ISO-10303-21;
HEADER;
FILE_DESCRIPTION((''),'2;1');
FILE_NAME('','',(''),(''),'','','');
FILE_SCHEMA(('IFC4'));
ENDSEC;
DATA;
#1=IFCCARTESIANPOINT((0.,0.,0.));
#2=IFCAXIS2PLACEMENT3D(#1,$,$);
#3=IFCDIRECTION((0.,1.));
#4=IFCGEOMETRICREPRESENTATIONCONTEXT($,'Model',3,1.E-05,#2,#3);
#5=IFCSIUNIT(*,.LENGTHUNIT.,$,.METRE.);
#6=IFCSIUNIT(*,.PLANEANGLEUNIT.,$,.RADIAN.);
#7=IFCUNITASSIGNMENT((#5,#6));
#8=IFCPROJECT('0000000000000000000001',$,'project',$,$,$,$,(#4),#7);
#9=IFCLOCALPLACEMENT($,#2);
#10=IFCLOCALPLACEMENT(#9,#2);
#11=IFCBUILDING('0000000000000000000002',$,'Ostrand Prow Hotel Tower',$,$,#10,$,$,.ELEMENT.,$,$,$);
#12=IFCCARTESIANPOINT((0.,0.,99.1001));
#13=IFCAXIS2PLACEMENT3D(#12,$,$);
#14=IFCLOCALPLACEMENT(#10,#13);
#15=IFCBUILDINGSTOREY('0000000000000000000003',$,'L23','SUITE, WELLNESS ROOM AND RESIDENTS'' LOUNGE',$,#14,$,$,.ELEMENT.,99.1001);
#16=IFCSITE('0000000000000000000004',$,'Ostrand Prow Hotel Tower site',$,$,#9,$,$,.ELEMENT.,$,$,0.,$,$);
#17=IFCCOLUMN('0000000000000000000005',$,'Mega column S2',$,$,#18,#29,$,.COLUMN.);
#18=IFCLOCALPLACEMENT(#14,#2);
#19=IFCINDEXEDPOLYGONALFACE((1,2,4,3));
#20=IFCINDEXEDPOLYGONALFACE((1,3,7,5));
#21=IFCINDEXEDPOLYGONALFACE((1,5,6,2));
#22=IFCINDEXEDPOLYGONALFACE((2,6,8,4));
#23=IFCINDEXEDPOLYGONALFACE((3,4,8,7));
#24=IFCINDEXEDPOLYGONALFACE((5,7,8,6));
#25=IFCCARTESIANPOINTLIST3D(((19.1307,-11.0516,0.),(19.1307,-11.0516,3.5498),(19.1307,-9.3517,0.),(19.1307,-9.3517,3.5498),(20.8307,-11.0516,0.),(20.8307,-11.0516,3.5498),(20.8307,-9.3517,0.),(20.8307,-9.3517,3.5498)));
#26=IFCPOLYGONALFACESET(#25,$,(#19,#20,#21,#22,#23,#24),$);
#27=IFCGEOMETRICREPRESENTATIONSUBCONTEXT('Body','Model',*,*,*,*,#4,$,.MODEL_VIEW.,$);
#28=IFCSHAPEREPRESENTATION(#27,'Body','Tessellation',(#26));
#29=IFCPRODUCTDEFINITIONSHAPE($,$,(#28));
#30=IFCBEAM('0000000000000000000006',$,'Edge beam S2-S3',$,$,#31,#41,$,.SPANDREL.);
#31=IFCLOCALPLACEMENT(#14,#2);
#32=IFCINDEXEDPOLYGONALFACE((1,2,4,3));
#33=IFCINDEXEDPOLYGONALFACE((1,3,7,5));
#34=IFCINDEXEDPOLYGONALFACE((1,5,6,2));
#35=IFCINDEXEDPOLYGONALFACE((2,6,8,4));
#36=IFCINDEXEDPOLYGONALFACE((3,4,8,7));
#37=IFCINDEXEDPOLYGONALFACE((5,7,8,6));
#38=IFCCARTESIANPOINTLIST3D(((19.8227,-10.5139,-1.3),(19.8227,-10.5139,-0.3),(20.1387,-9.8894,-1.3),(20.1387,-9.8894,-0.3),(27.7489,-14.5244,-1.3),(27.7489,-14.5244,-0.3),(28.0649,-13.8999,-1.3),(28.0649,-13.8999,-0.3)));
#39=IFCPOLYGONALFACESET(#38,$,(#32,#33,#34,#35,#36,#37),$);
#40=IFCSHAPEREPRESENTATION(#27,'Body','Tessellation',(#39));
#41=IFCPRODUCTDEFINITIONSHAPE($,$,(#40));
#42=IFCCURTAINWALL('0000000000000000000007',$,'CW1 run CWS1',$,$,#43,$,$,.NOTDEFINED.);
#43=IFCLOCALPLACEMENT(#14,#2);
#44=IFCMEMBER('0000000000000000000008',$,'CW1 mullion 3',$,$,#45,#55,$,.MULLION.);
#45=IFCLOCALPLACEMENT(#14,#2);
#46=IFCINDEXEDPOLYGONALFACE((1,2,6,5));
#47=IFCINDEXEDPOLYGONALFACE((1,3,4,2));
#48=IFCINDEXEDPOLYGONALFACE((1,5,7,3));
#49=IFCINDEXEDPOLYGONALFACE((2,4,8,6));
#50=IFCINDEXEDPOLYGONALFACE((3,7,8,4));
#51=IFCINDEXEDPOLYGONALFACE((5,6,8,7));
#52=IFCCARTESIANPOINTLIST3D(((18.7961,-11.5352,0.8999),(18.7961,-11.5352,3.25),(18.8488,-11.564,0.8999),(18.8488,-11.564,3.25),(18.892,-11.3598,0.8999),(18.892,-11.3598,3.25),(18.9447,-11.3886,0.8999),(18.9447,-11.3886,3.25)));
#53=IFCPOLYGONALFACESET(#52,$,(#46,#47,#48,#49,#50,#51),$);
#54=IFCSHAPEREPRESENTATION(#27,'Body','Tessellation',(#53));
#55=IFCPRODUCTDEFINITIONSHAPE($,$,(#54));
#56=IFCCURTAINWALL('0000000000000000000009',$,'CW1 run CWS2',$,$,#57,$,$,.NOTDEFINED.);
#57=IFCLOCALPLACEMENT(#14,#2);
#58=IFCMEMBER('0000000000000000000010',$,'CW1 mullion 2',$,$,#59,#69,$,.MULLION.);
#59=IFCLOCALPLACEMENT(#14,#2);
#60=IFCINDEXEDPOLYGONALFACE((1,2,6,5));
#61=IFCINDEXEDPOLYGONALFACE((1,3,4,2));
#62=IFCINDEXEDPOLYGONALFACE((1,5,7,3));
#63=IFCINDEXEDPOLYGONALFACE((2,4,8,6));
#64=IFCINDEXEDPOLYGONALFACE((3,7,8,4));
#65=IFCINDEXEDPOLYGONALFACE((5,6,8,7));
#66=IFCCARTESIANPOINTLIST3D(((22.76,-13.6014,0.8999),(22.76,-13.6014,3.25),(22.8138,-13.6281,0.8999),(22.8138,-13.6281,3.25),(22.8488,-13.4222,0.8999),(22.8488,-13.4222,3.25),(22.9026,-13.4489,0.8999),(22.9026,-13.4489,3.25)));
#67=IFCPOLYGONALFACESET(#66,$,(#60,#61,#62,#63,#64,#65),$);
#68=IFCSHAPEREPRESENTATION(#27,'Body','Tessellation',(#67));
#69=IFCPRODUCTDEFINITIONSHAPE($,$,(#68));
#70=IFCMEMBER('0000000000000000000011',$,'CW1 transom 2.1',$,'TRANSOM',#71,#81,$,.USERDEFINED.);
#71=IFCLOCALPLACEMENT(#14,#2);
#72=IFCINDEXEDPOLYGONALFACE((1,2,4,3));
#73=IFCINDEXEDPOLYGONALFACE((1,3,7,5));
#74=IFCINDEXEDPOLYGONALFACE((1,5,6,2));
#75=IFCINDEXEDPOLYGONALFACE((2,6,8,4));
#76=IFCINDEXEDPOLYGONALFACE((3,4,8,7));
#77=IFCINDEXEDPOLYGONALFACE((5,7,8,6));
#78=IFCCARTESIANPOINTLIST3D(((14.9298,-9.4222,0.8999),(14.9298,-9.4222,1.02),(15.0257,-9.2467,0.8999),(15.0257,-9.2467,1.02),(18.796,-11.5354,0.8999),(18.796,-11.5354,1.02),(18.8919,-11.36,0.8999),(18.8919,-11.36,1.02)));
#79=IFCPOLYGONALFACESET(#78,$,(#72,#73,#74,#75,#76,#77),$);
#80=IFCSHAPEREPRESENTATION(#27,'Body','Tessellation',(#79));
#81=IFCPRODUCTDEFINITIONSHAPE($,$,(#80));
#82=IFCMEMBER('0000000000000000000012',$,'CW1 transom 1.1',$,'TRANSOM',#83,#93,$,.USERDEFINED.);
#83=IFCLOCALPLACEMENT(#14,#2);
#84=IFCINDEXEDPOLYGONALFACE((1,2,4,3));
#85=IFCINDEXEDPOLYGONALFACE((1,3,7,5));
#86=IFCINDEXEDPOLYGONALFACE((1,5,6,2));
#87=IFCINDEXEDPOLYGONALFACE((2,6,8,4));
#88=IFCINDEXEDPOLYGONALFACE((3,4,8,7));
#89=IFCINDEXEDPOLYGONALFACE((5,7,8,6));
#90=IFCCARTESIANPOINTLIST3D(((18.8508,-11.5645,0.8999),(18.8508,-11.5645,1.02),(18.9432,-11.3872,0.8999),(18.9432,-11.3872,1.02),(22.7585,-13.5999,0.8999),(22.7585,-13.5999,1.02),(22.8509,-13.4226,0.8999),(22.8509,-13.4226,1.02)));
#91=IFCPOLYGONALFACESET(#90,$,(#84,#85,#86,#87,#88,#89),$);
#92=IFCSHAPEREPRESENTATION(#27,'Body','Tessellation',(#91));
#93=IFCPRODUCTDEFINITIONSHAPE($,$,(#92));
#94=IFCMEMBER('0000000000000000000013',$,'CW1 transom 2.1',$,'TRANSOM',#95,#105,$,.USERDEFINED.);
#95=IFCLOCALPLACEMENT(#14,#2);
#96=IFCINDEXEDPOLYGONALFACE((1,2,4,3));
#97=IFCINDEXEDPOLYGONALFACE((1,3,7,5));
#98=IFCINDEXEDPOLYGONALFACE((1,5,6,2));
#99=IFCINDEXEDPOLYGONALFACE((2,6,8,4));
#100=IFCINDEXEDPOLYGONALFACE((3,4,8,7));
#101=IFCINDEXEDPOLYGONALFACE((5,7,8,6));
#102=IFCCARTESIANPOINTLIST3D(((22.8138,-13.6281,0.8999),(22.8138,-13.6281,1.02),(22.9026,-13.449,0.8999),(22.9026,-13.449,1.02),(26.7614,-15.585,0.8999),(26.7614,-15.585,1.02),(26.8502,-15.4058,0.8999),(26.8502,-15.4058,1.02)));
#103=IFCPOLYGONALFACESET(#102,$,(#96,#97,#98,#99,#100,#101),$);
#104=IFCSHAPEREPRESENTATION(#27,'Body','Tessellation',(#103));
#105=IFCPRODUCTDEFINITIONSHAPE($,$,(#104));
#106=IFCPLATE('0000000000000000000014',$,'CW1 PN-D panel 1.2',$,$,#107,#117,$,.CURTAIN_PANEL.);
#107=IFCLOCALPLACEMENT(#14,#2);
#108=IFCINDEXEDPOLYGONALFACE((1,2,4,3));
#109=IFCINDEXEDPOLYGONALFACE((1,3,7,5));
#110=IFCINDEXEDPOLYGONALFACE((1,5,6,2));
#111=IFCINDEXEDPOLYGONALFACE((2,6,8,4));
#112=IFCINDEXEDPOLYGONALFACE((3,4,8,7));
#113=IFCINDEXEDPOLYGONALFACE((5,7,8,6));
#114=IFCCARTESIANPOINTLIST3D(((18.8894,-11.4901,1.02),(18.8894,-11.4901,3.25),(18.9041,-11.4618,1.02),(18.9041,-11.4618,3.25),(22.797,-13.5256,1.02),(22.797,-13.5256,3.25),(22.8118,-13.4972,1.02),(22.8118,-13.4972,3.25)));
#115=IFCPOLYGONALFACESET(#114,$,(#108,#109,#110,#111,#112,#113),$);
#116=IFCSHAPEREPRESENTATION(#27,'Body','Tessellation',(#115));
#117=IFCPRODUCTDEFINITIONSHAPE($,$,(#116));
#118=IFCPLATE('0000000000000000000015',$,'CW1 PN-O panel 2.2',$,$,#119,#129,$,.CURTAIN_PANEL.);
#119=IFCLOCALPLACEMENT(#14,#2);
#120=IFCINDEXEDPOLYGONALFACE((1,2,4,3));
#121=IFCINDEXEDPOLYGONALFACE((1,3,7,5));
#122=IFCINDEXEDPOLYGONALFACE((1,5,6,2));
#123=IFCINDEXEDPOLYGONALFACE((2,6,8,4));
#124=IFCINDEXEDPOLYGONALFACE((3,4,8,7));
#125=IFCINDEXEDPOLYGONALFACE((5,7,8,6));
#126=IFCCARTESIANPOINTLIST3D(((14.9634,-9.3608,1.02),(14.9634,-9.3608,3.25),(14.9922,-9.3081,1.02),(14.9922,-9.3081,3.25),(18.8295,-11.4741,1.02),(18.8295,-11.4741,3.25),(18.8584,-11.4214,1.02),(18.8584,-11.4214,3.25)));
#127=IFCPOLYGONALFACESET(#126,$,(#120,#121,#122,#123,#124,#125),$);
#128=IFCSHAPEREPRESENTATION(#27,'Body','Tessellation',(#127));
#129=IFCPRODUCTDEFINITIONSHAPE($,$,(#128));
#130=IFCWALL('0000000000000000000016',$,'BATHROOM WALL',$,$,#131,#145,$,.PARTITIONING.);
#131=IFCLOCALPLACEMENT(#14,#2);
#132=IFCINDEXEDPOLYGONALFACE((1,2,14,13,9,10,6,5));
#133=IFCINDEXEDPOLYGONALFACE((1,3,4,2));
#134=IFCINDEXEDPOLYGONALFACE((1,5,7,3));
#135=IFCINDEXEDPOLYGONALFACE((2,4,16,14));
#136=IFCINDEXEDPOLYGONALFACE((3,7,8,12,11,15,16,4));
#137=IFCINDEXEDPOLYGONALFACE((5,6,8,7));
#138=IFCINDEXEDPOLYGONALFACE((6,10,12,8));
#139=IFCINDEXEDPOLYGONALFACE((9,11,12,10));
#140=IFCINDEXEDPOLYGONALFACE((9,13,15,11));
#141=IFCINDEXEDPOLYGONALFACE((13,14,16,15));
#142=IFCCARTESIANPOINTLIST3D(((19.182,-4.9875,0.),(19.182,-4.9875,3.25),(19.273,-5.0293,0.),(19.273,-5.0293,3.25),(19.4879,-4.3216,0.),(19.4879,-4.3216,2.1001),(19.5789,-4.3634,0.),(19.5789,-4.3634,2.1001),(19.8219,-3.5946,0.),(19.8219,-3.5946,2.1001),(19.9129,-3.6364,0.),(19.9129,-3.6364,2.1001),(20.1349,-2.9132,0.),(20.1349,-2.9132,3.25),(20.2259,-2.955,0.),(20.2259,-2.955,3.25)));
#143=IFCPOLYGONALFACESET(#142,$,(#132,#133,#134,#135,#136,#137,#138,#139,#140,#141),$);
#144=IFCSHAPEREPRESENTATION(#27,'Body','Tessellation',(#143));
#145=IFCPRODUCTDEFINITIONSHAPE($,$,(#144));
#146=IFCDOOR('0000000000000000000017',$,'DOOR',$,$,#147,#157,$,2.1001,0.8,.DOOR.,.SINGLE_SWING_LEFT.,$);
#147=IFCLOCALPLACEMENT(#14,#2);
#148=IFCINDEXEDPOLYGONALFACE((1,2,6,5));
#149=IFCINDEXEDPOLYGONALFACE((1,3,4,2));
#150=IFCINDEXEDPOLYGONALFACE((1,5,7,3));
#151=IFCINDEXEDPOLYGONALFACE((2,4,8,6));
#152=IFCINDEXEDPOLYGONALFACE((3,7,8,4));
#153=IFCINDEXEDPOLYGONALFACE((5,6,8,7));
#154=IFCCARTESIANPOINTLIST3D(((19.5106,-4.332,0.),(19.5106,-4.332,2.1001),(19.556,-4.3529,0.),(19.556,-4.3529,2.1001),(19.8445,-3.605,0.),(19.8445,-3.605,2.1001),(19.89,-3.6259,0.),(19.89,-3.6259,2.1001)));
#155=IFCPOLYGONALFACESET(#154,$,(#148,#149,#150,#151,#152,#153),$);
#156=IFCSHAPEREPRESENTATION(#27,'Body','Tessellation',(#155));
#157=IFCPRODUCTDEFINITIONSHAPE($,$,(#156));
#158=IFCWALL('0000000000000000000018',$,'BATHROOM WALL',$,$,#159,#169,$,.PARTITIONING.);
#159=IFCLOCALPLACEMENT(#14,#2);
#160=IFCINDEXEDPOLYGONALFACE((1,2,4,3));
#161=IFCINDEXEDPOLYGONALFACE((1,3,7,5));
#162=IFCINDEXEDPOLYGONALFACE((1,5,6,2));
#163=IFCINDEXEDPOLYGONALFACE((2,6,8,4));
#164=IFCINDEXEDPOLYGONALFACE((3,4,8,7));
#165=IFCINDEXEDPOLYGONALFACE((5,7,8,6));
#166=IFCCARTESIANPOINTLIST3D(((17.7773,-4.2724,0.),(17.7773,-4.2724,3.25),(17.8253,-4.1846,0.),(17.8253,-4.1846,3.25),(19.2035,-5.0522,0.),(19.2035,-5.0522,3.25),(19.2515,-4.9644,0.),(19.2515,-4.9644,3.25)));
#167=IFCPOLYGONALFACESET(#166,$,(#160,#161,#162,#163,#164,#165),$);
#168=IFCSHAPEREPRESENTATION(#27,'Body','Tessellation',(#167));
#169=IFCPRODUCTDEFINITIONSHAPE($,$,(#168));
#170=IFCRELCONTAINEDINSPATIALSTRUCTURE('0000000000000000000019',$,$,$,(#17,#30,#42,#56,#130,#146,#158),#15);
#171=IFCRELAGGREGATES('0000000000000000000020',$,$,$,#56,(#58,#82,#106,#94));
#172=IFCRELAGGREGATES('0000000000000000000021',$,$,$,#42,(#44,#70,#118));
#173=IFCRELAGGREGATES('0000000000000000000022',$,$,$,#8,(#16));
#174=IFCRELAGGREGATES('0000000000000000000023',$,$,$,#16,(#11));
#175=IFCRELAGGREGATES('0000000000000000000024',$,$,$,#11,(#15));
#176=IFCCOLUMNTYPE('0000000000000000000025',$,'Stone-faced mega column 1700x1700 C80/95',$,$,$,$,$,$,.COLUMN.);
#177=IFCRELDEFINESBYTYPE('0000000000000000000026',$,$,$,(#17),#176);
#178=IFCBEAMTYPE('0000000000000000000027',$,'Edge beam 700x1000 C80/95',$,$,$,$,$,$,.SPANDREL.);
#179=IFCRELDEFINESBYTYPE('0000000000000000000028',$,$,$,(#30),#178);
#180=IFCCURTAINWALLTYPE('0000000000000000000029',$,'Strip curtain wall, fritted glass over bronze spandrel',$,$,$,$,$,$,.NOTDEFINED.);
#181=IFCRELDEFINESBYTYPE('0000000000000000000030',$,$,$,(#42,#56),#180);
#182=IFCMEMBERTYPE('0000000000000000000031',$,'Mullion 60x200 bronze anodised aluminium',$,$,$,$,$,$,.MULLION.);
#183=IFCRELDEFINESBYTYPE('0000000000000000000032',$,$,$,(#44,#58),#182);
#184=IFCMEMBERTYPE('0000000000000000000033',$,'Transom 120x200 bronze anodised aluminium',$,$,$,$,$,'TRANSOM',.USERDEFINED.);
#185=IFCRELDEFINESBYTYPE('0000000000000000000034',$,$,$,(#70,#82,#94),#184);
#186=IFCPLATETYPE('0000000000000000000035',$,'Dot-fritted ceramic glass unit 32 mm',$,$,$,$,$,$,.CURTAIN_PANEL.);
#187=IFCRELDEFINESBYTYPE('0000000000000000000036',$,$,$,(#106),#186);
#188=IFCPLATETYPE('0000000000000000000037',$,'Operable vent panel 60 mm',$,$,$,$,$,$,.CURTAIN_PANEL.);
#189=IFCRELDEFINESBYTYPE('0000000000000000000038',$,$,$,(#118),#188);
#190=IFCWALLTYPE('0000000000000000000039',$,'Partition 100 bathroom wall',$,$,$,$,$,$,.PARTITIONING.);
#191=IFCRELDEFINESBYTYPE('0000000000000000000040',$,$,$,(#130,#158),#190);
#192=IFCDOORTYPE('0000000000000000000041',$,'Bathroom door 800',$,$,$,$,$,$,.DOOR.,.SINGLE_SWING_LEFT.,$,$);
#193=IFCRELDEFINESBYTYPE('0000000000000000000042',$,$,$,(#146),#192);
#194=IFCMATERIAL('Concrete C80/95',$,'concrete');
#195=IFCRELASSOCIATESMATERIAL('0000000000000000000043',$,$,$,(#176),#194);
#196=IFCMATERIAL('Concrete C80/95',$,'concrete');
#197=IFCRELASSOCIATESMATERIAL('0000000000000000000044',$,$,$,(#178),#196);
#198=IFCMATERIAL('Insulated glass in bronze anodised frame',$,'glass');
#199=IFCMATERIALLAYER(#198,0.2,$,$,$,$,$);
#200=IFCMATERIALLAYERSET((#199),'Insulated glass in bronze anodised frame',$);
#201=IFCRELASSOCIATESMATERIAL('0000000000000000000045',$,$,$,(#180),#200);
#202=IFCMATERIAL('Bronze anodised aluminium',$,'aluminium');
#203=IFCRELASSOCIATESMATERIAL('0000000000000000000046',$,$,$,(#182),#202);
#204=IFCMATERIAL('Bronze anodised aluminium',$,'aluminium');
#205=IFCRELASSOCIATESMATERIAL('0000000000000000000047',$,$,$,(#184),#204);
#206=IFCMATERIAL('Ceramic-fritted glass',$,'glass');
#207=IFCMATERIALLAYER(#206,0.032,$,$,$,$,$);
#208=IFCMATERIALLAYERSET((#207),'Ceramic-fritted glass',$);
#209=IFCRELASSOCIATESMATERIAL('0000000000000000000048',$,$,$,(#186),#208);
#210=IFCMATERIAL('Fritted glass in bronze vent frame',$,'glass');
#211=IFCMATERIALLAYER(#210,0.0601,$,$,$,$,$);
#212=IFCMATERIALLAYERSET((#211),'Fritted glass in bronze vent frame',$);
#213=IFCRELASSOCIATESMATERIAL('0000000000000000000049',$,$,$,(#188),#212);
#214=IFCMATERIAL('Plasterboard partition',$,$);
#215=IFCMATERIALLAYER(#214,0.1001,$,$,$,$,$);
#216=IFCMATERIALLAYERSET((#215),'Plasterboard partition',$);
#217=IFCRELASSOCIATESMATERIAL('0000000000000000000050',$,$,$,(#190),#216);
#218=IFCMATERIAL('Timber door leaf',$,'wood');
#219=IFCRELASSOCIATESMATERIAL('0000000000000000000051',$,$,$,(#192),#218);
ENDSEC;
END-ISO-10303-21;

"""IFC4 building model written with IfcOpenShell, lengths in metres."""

from ifc_helpers import new_model, si_unit, direction, frame, frame_2d, origin, origin_2d, place, context, subcontext, project, spatial, rectangle, extrude, material, layer, layer_set, material_profile, profile_set, type_object, element, fill, aggregate, save


model = new_model("IFC4")

# Units and contexts
model_context = context("Model", 3, precision=1e-05, world=origin(), true_north=direction((0.0, 1.0)))
body_context = subcontext(model_context, "Body", "Model", "MODEL_VIEW")
ifc_project = project(units=[si_unit("LENGTHUNIT", "METRE"), si_unit("PLANEANGLEUNIT", "RADIAN")], contexts=[model_context])

# Site, building, storey
site_placement = place(None, origin())
site = spatial("IfcSite", under=ifc_project, at=site_placement, Name="Ostrand Prow Hotel Tower site", CompositionType="ELEMENT", RefElevation=0.0)
building_placement = place(site_placement, origin())
building = spatial("IfcBuilding", under=site, at=building_placement, Name="Ostrand Prow Hotel Tower", CompositionType="ELEMENT")
storey_placement = place(building_placement, frame((0.0, 0.0, 99.1001)))
storey = spatial("IfcBuildingStorey", under=building, at=storey_placement, Name="L23", Description="SUITE, WELLNESS ROOM AND RESIDENTS' LOUNGE", CompositionType="ELEMENT", Elevation=99.1001)

# Column
ifc_material_1 = material(Name="Concrete C80/95", Category="concrete")
ifc_material_profile_1 = material_profile(ifc_material_1, rectangle(XDim=1.7, YDim=1.7, at=origin_2d()), Name="RC 1700x1700")
ifc_profile_set_1 = profile_set([ifc_material_profile_1], Name="Concrete C80/95")
column_type = type_object("IfcColumnType", Name="Stone-faced mega column 1700x1700 C80/95", PredefinedType="COLUMN", material=ifc_profile_set_1)
column_placement = place(storey_placement, frame((19.9807, -10.2017, 0.0), z_axis=(0.0, 0.0, 1.0), x_axis=(1.0, 0.0, 0.0)))
element("IfcColumn", 1, at=column_placement, inside=storey, type_object=column_type, Name="Mega column S2", PredefinedType="COLUMN", context=body_context, shape_type="SweptSolid", body=[
    extrude(rectangle(XDim=1.7, YDim=1.7, at=origin_2d()), origin(), (0.0, 0.0, 1.0), 3.5498),
])

# Beam
ifc_material_2 = material(Name="Concrete C80/95", Category="concrete")
ifc_material_profile_2 = material_profile(ifc_material_2, rectangle(XDim=0.7, YDim=1.0, at=origin_2d()), Name="RC 700x1000")
ifc_profile_set_2 = profile_set([ifc_material_profile_2], Name="Concrete C80/95")
beam_type = type_object("IfcBeamType", Name="Edge beam 700x1000 C80/95", PredefinedType="SPANDREL", material=ifc_profile_set_2)
beam_placement = place(storey_placement, frame((19.9807, -10.2017, -0.8), z_axis=(0.892284, -0.451474, 0.0), x_axis=(0.451474, 0.892284, 0.0)))
element("IfcBeam", 2, at=beam_placement, inside=storey, type_object=beam_type, Name="Edge beam S2-S3", PredefinedType="SPANDREL", context=body_context, shape_type="SweptSolid", body=[
    extrude(rectangle(XDim=0.7, YDim=1.0, at=origin_2d()), origin(), (0.0, 0.0, 1.0), 8.8831),
])

# Curtain walls, members
ifc_material_3 = material(Name="Insulated glass in bronze anodised frame", Category="glass")
ifc_layer_1 = layer(ifc_material_3, 0.2)
ifc_layer_set_1 = layer_set([ifc_layer_1], Name="Insulated glass in bronze anodised frame")
curtain_wall_type = type_object("IfcCurtainWallType", Name="Strip curtain wall, fritted glass over bronze spandrel", PredefinedType="NOTDEFINED", material=ifc_layer_set_1)
curtain_wall_1_placement = place(storey_placement, origin())
curtain_wall_1 = element("IfcCurtainWall", 3, at=curtain_wall_1_placement, inside=storey, type_object=curtain_wall_type, Name="CW1 run CWS1", PredefinedType="NOTDEFINED")
ifc_material_4 = material(Name="Bronze anodised aluminium", Category="aluminium")
ifc_material_profile_3 = material_profile(ifc_material_4, rectangle(XDim=0.2, YDim=0.0601, at=origin_2d()), Name="Mullion 60x200 bronze anodised aluminium")
ifc_profile_set_3 = profile_set([ifc_material_profile_3], Name="Bronze anodised aluminium")
member_type_1 = type_object("IfcMemberType", Name="Mullion 60x200 bronze anodised aluminium", PredefinedType="MULLION", material=ifc_profile_set_3)
member_1_placement = place(storey_placement, frame((18.8704, -11.4619, 0.8999), z_axis=(0.0, 0.0, 1.0), x_axis=(0.479637, 0.877467, 0.0)))
member_1 = element("IfcMember", 4, at=member_1_placement, type_object=member_type_1, Name="CW1 mullion 3", PredefinedType="MULLION", context=body_context, shape_type="SweptSolid", body=[
    extrude(rectangle(XDim=0.2, YDim=0.0601, at=origin_2d()), origin(), (0.0, 0.0, 1.0), 2.3501),
])
curtain_wall_2_placement = place(storey_placement, origin())
curtain_wall_2 = element("IfcCurtainWall", 5, at=curtain_wall_2_placement, inside=storey, type_object=curtain_wall_type, Name="CW1 run CWS2", PredefinedType="NOTDEFINED")
member_2_placement = place(storey_placement, frame((22.8313, -13.5251, 0.8999), z_axis=(0.0, 0.0, 1.0), x_axis=(0.444113, 0.895971, 0.0)))
member_2 = element("IfcMember", 6, at=member_2_placement, type_object=member_type_1, Name="CW1 mullion 2", PredefinedType="MULLION", context=body_context, shape_type="SweptSolid", body=[
    extrude(rectangle(XDim=0.2, YDim=0.0601, at=origin_2d()), origin(), (0.0, 0.0, 1.0), 2.3501),
])

# Members
ifc_material_5 = material(Name="Bronze anodised aluminium", Category="aluminium")
ifc_material_profile_4 = material_profile(ifc_material_5, rectangle(XDim=0.2, YDim=0.1201, at=origin_2d()), Name="Transom 120x200 bronze anodised aluminium")
ifc_profile_set_4 = profile_set([ifc_material_profile_4], Name="Bronze anodised aluminium")
member_type_2 = type_object("IfcMemberType", Name="Transom 120x200 bronze anodised aluminium", ElementType="TRANSOM", PredefinedType="USERDEFINED", material=ifc_profile_set_4)
member_3_placement = place(storey_placement, frame((14.9778, -9.3345, 0.96), z_axis=(0.877472, -0.479628, 0.0), x_axis=(0.479628, 0.877472, 0.0)))
member_3 = element("IfcMember", 7, at=member_3_placement, type_object=member_type_2, Name="CW1 transom 2.1", ObjectType="TRANSOM", PredefinedType="USERDEFINED", context=body_context, shape_type="SweptSolid", body=[
    extrude(rectangle(XDim=0.2, YDim=0.1201, at=origin_2d()), origin(), (0.0, 0.0, 1.0), 4.406),
])
member_4_placement = place(storey_placement, frame((18.897, -11.4758, 0.96), z_axis=(0.886902, -0.461958, 0.0), x_axis=(0.461958, 0.886902, 0.0)))
member_4 = element("IfcMember", 8, at=member_4_placement, type_object=member_type_2, Name="CW1 transom 1.1", ObjectType="TRANSOM", PredefinedType="USERDEFINED", context=body_context, shape_type="SweptSolid", body=[
    extrude(rectangle(XDim=0.2, YDim=0.1201, at=origin_2d()), origin(), (0.0, 0.0, 1.0), 4.406),
])
member_5_placement = place(storey_placement, frame((22.8582, -13.5386, 0.96), z_axis=(0.895962, -0.44413, 0.0), x_axis=(0.44413, 0.895962, 0.0)))
member_5 = element("IfcMember", 9, at=member_5_placement, type_object=member_type_2, Name="CW1 transom 2.1", ObjectType="TRANSOM", PredefinedType="USERDEFINED", context=body_context, shape_type="SweptSolid", body=[
    extrude(rectangle(XDim=0.2, YDim=0.1201, at=origin_2d()), origin(), (0.0, 0.0, 1.0), 4.406),
])

# Plates
ifc_material_6 = material(Name="Ceramic-fritted glass", Category="glass")
ifc_layer_2 = layer(ifc_material_6, 0.032)
ifc_layer_set_2 = layer_set([ifc_layer_2], Name="Ceramic-fritted glass")
plate_type_1 = type_object("IfcPlateType", Name="Dot-fritted ceramic glass unit 32 mm", PredefinedType="CURTAIN_PANEL", material=ifc_layer_set_2)
plate_1_placement = place(storey_placement, frame((20.8506, -12.4937, 1.02), z_axis=(0.0, 0.0, 1.0), x_axis=(0.886896, -0.461968, 0.0)))
plate_1 = element("IfcPlate", 10, at=plate_1_placement, type_object=plate_type_1, Name="CW1 PN-D panel 1.2", PredefinedType="CURTAIN_PANEL", context=body_context, shape_type="SweptSolid", body=[
    extrude(rectangle(XDim=4.406, YDim=0.032, at=origin_2d()), origin(), (0.0, 0.0, 1.0), 2.23),
])
aggregate(curtain_wall_2, [member_2, member_4, plate_1, member_5])
ifc_material_7 = material(Name="Fritted glass in bronze vent frame", Category="glass")
ifc_layer_3 = layer(ifc_material_7, 0.0601)
ifc_layer_set_3 = layer_set([ifc_layer_3], Name="Fritted glass in bronze vent frame")
plate_type_2 = type_object("IfcPlateType", Name="Operable vent panel 60 mm", PredefinedType="CURTAIN_PANEL", material=ifc_layer_set_3)
plate_2_placement = place(storey_placement, frame((16.9109, -10.3911, 1.02), z_axis=(0.0, 0.0, 1.0), x_axis=(0.877467, -0.479637, 0.0)))
plate_2 = element("IfcPlate", 11, at=plate_2_placement, type_object=plate_type_2, Name="CW1 PN-O panel 2.2", PredefinedType="CURTAIN_PANEL", context=body_context, shape_type="SweptSolid", body=[
    extrude(rectangle(XDim=4.406, YDim=0.0601, at=origin_2d()), origin(), (0.0, 0.0, 1.0), 2.23),
])
aggregate(curtain_wall_1, [member_1, member_3, plate_2])

# Wall, opening, door
ifc_material_8 = material(Name="Plasterboard partition")
ifc_layer_4 = layer(ifc_material_8, 0.1001)
ifc_layer_set_4 = layer_set([ifc_layer_4], Name="Plasterboard partition")
wall_type_1 = type_object("IfcWallType", Name="Partition 100 bathroom wall", PredefinedType="PARTITIONING", material=ifc_layer_set_4)
wall_1_placement = place(storey_placement, frame((20.1804, -2.9341, 0.0), z_axis=(0.0, 0.0, 1.0), x_axis=(-0.41745, -0.9087, 0.0)))
wall_1 = element("IfcWall", 12, at=wall_1_placement, inside=storey, type_object=wall_type_1, Name="BATHROOM WALL", PredefinedType="PARTITIONING", context=body_context, shape_type="SweptSolid", body=[
    extrude(rectangle(XDim=2.2827, YDim=0.1001, at=frame_2d((1.1414, 0.0))), origin(), (0.0, 0.0, 1.0), 3.25),
])
opening_1_placement = place(wall_1_placement, frame((0.75, 0.0, 0.0)))
opening_1 = element("IfcOpeningElement", 13, at=opening_1_placement, cuts=wall_1, PredefinedType="OPENING", context=body_context, shape_type="SweptSolid", body=[
    extrude(rectangle(XDim=0.8, YDim=2.1001, at=frame_2d((0.3999, 1.05))), frame((0.0, 0.0601, 0.0), z_axis=(0.0, -1.0, 0.0), x_axis=(1.0, 0.0, 0.0)), (0.0, 0.0, 1.0), 0.1201),
])
ifc_material_9 = material(Name="Timber door leaf", Category="wood")
door_type_1 = type_object("IfcDoorType", Name="Bathroom door 800", OperationType="SINGLE_SWING_LEFT", PredefinedType="DOOR", material=ifc_material_9)
door_1_placement = place(opening_1_placement, origin())
door_1 = element("IfcDoor", 14, at=door_1_placement, inside=storey, type_object=door_type_1, Name="DOOR", OperationType="SINGLE_SWING_LEFT", OverallHeight=2.1001, OverallWidth=0.8, PredefinedType="DOOR", context=body_context, shape_type="SweptSolid", body=[
    extrude(rectangle(XDim=0.8, YDim=2.1001, at=frame_2d((0.3999, 1.05))), frame((0.0, 0.0249, 0.0), z_axis=(0.0, -1.0, 0.0), x_axis=(1.0, 0.0, 0.0)), (0.0, 0.0, 1.0), 0.05),
])
fill(opening_1, door_1)

# Wall
wall_2_placement = place(storey_placement, frame((19.2275, -5.0083, 0.0), z_axis=(0.0, 0.0, 1.0), x_axis=(-0.877424, 0.479715, 0.0)))
element("IfcWall", 15, at=wall_2_placement, inside=storey, type_object=wall_type_1, Name="BATHROOM WALL", PredefinedType="PARTITIONING", context=body_context, shape_type="SweptSolid", body=[
    extrude(rectangle(XDim=1.6255, YDim=0.1001, at=frame_2d((0.8127, 0.0))), origin(), (0.0, 0.0, 1.0), 3.25),
])

save(model, "model.ifc")
